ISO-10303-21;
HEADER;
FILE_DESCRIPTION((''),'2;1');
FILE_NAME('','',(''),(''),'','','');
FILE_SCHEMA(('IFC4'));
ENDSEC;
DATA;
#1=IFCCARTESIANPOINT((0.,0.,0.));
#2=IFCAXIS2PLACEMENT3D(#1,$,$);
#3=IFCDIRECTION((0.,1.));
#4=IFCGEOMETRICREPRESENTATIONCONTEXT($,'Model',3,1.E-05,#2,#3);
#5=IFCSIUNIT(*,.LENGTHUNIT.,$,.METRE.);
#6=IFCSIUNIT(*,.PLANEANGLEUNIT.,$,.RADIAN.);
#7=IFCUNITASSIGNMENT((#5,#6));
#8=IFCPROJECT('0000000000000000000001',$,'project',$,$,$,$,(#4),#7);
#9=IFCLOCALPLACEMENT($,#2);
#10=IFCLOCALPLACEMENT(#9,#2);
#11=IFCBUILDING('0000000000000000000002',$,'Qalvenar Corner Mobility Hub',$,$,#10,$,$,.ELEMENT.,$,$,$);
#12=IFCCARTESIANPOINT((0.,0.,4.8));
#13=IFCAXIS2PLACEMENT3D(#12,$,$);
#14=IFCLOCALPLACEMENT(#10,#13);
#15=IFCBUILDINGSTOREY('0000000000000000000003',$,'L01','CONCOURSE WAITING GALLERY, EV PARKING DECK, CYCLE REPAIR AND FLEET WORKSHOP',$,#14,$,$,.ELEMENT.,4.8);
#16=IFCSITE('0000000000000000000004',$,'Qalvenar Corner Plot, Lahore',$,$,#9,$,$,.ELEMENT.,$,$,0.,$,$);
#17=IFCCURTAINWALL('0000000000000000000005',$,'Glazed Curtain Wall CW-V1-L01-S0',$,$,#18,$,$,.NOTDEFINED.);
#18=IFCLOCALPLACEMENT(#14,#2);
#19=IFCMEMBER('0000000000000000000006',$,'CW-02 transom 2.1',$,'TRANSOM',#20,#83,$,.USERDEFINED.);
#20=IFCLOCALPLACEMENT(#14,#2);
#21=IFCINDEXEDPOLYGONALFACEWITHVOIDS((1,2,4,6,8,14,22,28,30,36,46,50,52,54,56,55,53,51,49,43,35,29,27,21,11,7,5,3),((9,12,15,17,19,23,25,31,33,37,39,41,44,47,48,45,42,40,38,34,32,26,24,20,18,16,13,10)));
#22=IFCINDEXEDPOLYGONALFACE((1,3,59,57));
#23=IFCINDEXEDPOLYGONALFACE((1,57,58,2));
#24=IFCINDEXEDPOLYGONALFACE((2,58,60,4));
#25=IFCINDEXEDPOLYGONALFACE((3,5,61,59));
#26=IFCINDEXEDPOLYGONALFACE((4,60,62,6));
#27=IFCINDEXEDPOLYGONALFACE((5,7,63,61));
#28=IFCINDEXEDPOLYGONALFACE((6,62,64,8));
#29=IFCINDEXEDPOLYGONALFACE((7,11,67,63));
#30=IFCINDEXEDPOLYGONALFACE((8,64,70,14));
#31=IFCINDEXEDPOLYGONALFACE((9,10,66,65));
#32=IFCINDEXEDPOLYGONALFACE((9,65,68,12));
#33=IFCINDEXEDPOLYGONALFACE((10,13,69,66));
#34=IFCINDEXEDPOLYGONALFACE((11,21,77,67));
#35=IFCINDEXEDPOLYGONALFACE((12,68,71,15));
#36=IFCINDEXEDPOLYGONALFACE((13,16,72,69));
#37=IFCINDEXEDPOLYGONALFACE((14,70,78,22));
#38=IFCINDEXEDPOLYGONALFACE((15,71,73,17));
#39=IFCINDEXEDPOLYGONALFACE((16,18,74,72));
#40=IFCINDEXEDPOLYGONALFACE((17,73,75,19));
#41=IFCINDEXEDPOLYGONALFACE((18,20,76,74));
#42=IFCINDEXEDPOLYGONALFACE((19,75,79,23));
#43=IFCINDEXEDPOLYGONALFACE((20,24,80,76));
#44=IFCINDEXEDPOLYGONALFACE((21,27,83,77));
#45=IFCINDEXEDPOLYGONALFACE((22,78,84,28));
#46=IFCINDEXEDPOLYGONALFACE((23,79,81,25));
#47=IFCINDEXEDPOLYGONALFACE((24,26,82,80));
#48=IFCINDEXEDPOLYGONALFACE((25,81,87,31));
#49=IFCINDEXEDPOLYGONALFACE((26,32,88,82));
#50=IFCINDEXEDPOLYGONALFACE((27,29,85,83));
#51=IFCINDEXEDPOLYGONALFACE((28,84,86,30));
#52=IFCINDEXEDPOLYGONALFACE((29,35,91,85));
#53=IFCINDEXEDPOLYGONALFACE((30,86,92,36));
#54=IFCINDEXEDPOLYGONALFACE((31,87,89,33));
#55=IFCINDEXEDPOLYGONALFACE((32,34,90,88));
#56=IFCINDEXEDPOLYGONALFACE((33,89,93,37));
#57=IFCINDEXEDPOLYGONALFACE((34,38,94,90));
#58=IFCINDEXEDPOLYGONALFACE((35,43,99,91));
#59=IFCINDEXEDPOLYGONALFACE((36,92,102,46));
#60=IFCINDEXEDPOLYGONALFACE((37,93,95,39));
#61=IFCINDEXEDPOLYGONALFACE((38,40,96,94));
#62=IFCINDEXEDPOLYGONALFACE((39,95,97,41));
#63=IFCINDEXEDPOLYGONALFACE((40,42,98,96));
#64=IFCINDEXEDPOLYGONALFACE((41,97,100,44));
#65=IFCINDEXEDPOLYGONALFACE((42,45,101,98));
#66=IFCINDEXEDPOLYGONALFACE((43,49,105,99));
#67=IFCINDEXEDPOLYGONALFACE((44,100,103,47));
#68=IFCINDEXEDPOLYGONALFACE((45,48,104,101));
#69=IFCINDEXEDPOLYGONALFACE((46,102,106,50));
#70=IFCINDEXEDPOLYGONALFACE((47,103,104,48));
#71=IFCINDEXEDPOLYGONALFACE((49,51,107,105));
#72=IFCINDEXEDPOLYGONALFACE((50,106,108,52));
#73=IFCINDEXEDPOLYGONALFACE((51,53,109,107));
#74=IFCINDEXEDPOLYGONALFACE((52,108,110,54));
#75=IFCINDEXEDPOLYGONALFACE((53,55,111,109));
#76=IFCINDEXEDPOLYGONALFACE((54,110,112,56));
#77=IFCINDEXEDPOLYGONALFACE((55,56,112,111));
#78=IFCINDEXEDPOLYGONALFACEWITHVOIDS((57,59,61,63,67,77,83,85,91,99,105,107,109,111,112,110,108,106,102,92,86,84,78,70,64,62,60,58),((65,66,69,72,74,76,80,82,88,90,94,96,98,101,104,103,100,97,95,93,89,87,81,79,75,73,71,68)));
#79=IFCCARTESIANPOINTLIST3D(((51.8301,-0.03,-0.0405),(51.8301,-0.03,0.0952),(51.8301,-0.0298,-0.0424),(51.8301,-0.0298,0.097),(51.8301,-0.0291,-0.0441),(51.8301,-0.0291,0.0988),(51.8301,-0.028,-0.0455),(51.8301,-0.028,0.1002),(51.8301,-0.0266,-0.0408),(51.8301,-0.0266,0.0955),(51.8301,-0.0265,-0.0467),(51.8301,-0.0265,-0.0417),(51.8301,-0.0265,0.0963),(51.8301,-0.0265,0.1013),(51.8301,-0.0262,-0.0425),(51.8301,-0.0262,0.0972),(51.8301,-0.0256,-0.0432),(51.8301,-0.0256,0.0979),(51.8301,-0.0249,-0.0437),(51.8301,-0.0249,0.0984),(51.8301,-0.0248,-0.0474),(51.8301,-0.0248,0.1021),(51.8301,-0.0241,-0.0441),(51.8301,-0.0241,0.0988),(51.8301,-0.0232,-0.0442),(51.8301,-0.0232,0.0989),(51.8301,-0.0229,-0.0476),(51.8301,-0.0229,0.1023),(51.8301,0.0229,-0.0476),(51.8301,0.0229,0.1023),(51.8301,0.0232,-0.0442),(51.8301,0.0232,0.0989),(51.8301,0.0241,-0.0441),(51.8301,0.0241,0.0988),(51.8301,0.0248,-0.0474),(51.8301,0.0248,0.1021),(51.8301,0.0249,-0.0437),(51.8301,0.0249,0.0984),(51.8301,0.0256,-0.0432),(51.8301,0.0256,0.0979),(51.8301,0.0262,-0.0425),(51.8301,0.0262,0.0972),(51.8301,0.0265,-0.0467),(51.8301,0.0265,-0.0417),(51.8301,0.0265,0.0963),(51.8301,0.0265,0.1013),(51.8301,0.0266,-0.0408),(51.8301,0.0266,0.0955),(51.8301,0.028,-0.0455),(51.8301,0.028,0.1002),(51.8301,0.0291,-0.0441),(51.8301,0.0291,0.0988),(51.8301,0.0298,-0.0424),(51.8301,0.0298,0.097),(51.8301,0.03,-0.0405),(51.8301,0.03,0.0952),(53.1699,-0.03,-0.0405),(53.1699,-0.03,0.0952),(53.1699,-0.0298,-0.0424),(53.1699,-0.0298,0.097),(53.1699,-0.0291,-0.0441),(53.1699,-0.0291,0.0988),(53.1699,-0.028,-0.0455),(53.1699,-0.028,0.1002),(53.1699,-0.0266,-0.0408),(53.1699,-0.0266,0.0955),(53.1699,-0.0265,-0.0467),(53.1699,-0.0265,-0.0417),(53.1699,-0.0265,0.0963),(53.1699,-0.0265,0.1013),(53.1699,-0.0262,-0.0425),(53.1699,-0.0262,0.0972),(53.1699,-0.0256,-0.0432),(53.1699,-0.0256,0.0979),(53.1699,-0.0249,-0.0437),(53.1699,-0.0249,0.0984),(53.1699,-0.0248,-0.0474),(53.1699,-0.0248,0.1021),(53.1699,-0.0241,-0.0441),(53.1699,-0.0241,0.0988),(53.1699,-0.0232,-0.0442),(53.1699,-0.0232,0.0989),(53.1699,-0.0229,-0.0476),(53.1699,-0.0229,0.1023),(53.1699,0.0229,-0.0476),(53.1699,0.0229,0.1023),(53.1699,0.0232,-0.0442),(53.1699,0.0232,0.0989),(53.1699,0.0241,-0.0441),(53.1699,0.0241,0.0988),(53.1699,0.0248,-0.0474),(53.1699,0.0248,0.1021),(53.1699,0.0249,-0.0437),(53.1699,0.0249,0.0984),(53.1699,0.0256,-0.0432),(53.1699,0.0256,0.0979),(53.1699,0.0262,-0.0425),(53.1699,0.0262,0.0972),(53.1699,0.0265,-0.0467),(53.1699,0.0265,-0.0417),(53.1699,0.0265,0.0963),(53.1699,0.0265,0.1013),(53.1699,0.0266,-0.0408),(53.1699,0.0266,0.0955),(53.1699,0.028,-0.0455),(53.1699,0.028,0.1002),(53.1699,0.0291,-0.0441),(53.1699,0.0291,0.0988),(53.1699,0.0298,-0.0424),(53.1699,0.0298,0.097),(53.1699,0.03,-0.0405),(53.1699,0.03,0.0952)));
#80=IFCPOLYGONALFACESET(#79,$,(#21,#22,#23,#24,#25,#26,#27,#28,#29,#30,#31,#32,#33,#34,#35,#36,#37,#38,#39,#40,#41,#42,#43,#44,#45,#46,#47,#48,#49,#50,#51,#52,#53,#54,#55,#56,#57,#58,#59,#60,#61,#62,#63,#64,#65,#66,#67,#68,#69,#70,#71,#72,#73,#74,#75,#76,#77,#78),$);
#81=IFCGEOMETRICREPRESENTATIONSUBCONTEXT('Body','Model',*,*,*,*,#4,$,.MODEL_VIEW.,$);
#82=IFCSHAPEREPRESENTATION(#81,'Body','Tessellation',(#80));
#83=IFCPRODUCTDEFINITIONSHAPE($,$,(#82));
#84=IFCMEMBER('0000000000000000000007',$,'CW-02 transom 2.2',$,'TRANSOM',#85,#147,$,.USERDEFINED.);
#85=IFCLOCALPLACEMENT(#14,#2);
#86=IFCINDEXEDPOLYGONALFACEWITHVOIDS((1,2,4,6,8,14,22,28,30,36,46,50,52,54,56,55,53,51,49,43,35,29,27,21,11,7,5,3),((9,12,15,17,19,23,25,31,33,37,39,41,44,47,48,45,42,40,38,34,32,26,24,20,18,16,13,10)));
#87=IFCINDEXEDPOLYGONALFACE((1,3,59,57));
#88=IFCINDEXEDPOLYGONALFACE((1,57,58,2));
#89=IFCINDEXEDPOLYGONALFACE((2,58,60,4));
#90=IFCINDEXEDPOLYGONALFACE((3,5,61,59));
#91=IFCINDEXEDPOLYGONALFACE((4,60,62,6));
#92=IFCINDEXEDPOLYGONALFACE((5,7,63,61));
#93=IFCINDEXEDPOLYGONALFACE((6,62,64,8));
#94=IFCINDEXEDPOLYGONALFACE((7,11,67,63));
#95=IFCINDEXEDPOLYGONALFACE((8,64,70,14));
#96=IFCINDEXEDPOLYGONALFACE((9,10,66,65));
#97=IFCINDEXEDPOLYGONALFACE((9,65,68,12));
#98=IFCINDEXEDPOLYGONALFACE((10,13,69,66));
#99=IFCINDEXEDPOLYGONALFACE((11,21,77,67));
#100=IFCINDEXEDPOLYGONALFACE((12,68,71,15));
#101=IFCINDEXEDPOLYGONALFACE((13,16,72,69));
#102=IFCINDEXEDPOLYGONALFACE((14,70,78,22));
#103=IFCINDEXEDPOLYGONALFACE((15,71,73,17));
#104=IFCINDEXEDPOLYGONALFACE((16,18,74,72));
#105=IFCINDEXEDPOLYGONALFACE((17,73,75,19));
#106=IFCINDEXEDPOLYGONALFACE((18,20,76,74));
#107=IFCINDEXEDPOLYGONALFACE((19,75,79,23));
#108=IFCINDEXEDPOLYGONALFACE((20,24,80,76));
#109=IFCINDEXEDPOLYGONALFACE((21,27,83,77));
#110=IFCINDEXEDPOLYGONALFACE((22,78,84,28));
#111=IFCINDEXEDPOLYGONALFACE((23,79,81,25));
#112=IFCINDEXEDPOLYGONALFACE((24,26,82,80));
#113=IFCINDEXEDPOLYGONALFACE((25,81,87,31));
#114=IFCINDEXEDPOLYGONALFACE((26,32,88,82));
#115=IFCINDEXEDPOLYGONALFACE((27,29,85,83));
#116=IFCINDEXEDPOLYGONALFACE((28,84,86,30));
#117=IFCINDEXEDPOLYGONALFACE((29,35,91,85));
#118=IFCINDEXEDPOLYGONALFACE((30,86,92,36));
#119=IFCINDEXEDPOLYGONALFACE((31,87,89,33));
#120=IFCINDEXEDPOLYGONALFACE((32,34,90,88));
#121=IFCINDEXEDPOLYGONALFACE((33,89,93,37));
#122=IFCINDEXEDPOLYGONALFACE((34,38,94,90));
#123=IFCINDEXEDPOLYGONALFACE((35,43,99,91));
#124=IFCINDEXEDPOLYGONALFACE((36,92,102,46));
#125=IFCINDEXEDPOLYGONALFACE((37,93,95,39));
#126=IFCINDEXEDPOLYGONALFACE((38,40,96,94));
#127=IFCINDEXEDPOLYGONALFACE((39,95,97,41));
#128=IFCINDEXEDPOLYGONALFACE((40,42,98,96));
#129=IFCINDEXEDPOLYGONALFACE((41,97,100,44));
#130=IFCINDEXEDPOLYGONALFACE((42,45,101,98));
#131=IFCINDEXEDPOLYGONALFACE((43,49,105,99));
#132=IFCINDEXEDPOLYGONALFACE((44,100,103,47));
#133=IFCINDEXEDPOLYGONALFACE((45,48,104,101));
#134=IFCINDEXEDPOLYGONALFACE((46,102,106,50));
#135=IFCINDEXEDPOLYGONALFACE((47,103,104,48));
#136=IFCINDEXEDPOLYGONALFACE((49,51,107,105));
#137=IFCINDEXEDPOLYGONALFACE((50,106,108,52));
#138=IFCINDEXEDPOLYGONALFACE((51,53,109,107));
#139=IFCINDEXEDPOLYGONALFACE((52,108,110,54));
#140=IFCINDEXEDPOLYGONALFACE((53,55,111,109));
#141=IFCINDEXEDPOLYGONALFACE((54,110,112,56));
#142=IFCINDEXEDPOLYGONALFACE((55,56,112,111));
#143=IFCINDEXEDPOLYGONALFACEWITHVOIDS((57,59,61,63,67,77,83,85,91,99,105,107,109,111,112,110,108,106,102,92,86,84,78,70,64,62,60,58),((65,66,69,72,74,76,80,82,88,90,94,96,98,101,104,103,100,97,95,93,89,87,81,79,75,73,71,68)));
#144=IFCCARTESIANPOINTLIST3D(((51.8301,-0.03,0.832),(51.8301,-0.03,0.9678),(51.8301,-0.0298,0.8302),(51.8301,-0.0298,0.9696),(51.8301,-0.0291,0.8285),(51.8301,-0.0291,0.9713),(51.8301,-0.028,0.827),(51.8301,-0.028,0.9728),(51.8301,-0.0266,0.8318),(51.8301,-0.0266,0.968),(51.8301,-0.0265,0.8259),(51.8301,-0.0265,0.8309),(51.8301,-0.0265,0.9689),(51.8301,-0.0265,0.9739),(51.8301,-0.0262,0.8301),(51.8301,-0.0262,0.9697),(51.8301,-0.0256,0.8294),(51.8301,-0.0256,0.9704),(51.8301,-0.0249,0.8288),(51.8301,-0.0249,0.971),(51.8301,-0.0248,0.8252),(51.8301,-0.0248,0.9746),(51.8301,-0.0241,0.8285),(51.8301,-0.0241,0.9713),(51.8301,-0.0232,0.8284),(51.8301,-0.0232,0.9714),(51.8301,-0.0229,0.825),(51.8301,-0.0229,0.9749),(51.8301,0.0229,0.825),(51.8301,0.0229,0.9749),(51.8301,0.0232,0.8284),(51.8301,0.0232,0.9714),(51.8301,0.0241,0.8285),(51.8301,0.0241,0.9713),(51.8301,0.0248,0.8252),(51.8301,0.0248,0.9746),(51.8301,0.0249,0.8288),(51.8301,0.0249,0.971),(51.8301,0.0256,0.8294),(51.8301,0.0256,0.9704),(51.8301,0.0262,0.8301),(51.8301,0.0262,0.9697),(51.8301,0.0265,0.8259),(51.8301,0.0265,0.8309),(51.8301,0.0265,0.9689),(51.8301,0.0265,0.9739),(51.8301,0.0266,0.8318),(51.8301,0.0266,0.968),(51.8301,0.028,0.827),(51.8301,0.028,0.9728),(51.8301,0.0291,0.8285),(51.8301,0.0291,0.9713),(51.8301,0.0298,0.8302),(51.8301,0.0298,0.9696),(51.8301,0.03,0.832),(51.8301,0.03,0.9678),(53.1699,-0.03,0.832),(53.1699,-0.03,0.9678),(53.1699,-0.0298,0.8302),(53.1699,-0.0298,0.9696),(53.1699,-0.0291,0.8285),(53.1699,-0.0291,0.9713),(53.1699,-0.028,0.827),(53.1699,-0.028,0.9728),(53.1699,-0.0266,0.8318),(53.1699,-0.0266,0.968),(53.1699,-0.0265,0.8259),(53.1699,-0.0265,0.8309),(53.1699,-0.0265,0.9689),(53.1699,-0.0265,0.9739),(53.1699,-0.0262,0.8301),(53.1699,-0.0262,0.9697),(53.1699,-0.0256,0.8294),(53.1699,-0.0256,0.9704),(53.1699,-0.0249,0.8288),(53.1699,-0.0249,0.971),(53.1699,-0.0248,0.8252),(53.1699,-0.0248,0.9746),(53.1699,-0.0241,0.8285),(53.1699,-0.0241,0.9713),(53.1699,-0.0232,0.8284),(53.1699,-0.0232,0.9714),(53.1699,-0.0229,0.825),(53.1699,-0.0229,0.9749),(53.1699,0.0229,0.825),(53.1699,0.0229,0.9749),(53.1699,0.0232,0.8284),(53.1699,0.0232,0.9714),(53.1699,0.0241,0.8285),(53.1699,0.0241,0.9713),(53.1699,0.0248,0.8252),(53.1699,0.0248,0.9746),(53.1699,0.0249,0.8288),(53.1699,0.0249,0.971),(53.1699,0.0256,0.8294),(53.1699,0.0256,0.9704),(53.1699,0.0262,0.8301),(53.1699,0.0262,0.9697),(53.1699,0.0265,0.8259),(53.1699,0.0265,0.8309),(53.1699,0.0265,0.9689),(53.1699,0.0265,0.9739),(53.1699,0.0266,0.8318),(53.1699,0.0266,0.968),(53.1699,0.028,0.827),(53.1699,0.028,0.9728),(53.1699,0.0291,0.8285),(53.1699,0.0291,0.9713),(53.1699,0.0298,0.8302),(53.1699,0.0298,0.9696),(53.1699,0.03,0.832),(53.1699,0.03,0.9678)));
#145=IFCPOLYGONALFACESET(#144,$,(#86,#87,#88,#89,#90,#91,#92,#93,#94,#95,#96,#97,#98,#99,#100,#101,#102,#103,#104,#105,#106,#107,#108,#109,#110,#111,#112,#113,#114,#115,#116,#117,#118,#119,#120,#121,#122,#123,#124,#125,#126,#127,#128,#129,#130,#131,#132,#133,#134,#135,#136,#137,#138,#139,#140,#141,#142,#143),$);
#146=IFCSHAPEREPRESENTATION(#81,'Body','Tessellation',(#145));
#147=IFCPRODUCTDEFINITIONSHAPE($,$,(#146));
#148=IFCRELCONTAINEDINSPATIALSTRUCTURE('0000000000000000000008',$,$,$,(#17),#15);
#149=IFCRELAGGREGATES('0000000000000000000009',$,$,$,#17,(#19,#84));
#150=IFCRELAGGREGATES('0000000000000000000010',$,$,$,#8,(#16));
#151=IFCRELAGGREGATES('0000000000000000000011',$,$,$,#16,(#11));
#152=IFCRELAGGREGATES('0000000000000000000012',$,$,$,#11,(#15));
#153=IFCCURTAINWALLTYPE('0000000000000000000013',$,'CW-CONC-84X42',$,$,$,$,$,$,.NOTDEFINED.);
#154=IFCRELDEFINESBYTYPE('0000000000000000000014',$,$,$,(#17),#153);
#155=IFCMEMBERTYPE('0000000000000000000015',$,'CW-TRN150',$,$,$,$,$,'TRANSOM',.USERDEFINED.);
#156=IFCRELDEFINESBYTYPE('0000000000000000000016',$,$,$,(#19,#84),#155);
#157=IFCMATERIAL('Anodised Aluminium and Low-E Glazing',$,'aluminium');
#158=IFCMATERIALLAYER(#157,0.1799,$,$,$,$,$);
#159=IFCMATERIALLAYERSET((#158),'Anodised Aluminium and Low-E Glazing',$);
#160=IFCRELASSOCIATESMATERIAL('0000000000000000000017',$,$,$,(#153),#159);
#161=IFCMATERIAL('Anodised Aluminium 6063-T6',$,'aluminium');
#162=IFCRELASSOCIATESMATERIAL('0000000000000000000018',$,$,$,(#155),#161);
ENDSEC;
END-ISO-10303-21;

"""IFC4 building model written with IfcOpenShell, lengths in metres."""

from ifc_helpers import new_model, si_unit, direction, frame, origin, origin_2d, place, context, subcontext, project, spatial, hollow_rectangle, extrude, material, layer, layer_set, material_profile, profile_set, type_object, element, aggregate, save


model = new_model("IFC4")

# Units and contexts
model_context = context("Model", 3, precision=1e-05, world=origin(), true_north=direction((0.0, 1.0)))
body_context = subcontext(model_context, "Body", "Model", "MODEL_VIEW")
ifc_project = project(units=[si_unit("LENGTHUNIT", "METRE"), si_unit("PLANEANGLEUNIT", "RADIAN")], contexts=[model_context])

# Site, building, storey
site_placement = place(None, origin())
site = spatial("IfcSite", under=ifc_project, at=site_placement, Name="Qalvenar Corner Plot, Lahore", CompositionType="ELEMENT", RefElevation=0.0)
building_placement = place(site_placement, origin())
building = spatial("IfcBuilding", under=site, at=building_placement, Name="Qalvenar Corner Mobility Hub", CompositionType="ELEMENT")
storey_placement = place(building_placement, frame((0.0, 0.0, 4.8)))
storey = spatial("IfcBuildingStorey", under=building, at=storey_placement, Name="L01", Description="CONCOURSE WAITING GALLERY, EV PARKING DECK, CYCLE REPAIR AND FLEET WORKSHOP", CompositionType="ELEMENT", Elevation=4.8)

# Curtain wall
ifc_material_1 = material(Name="Anodised Aluminium and Low-E Glazing", Category="aluminium")
ifc_material_2 = material(Name="Anodised Aluminium 6063-T6", Category="aluminium")
ifc_layer_1 = layer(ifc_material_1, 0.1799)
ifc_layer_set_1 = layer_set([ifc_layer_1], Name="Anodised Aluminium and Low-E Glazing")
curtain_wall_type_1 = type_object("IfcCurtainWallType", Name="CW-CONC-84X42", PredefinedType="NOTDEFINED", material=ifc_layer_set_1)
curtain_wall_1_placement = place(storey_placement, origin())
curtain_wall_1 = element("IfcCurtainWall", 1, at=curtain_wall_1_placement, inside=storey, type_object=curtain_wall_type_1, Name="Glazed Curtain Wall CW-V1-L01-S0", PredefinedType="NOTDEFINED")

# Members
ifc_material_profile_1 = material_profile(ifc_material_2, hollow_rectangle(XDim=0.0601, YDim=0.1499, WallThickness=0.0034, InnerFilletRadius=0.0034, OuterFilletRadius=0.0071, at=origin_2d()), Name="RHS150x60x3.5")
ifc_profile_set_1 = profile_set([ifc_material_profile_1], Name="Anodised Aluminium 6063-T6")
member_type_1 = type_object("IfcMemberType", Name="CW-TRN150", ElementType="TRANSOM", PredefinedType="USERDEFINED", material=ifc_profile_set_1)
member_1_placement = place(storey_placement, frame((51.8301, 0.0, 0.0273), z_axis=(1.0, 0.0, 0.0), x_axis=(0.0, 1.0, 0.0)))
member_1 = element("IfcMember", 2, at=member_1_placement, type_object=member_type_1, Name="CW-02 transom 2.1", ObjectType="TRANSOM", PredefinedType="USERDEFINED", context=body_context, shape_type="SweptSolid", body=[
    extrude(hollow_rectangle(XDim=0.0601, YDim=0.1499, WallThickness=0.0034, InnerFilletRadius=0.0034, OuterFilletRadius=0.0071, at=origin_2d()), origin(), (0.0, 0.0, 1.0), 1.3398),
])
member_2_placement = place(storey_placement, frame((51.8301, 0.0, 0.8999), z_axis=(1.0, 0.0, 0.0), x_axis=(0.0, 1.0, 0.0)))
member_2 = element("IfcMember", 3, at=member_2_placement, type_object=member_type_1, Name="CW-02 transom 2.2", ObjectType="TRANSOM", PredefinedType="USERDEFINED", context=body_context, shape_type="SweptSolid", body=[
    extrude(hollow_rectangle(XDim=0.0601, YDim=0.1499, WallThickness=0.0034, InnerFilletRadius=0.0034, OuterFilletRadius=0.0071, at=origin_2d()), origin(), (0.0, 0.0, 1.0), 1.3398),
])

aggregate(curtain_wall_1, [member_1, member_2])

save(model, "model.ifc")
